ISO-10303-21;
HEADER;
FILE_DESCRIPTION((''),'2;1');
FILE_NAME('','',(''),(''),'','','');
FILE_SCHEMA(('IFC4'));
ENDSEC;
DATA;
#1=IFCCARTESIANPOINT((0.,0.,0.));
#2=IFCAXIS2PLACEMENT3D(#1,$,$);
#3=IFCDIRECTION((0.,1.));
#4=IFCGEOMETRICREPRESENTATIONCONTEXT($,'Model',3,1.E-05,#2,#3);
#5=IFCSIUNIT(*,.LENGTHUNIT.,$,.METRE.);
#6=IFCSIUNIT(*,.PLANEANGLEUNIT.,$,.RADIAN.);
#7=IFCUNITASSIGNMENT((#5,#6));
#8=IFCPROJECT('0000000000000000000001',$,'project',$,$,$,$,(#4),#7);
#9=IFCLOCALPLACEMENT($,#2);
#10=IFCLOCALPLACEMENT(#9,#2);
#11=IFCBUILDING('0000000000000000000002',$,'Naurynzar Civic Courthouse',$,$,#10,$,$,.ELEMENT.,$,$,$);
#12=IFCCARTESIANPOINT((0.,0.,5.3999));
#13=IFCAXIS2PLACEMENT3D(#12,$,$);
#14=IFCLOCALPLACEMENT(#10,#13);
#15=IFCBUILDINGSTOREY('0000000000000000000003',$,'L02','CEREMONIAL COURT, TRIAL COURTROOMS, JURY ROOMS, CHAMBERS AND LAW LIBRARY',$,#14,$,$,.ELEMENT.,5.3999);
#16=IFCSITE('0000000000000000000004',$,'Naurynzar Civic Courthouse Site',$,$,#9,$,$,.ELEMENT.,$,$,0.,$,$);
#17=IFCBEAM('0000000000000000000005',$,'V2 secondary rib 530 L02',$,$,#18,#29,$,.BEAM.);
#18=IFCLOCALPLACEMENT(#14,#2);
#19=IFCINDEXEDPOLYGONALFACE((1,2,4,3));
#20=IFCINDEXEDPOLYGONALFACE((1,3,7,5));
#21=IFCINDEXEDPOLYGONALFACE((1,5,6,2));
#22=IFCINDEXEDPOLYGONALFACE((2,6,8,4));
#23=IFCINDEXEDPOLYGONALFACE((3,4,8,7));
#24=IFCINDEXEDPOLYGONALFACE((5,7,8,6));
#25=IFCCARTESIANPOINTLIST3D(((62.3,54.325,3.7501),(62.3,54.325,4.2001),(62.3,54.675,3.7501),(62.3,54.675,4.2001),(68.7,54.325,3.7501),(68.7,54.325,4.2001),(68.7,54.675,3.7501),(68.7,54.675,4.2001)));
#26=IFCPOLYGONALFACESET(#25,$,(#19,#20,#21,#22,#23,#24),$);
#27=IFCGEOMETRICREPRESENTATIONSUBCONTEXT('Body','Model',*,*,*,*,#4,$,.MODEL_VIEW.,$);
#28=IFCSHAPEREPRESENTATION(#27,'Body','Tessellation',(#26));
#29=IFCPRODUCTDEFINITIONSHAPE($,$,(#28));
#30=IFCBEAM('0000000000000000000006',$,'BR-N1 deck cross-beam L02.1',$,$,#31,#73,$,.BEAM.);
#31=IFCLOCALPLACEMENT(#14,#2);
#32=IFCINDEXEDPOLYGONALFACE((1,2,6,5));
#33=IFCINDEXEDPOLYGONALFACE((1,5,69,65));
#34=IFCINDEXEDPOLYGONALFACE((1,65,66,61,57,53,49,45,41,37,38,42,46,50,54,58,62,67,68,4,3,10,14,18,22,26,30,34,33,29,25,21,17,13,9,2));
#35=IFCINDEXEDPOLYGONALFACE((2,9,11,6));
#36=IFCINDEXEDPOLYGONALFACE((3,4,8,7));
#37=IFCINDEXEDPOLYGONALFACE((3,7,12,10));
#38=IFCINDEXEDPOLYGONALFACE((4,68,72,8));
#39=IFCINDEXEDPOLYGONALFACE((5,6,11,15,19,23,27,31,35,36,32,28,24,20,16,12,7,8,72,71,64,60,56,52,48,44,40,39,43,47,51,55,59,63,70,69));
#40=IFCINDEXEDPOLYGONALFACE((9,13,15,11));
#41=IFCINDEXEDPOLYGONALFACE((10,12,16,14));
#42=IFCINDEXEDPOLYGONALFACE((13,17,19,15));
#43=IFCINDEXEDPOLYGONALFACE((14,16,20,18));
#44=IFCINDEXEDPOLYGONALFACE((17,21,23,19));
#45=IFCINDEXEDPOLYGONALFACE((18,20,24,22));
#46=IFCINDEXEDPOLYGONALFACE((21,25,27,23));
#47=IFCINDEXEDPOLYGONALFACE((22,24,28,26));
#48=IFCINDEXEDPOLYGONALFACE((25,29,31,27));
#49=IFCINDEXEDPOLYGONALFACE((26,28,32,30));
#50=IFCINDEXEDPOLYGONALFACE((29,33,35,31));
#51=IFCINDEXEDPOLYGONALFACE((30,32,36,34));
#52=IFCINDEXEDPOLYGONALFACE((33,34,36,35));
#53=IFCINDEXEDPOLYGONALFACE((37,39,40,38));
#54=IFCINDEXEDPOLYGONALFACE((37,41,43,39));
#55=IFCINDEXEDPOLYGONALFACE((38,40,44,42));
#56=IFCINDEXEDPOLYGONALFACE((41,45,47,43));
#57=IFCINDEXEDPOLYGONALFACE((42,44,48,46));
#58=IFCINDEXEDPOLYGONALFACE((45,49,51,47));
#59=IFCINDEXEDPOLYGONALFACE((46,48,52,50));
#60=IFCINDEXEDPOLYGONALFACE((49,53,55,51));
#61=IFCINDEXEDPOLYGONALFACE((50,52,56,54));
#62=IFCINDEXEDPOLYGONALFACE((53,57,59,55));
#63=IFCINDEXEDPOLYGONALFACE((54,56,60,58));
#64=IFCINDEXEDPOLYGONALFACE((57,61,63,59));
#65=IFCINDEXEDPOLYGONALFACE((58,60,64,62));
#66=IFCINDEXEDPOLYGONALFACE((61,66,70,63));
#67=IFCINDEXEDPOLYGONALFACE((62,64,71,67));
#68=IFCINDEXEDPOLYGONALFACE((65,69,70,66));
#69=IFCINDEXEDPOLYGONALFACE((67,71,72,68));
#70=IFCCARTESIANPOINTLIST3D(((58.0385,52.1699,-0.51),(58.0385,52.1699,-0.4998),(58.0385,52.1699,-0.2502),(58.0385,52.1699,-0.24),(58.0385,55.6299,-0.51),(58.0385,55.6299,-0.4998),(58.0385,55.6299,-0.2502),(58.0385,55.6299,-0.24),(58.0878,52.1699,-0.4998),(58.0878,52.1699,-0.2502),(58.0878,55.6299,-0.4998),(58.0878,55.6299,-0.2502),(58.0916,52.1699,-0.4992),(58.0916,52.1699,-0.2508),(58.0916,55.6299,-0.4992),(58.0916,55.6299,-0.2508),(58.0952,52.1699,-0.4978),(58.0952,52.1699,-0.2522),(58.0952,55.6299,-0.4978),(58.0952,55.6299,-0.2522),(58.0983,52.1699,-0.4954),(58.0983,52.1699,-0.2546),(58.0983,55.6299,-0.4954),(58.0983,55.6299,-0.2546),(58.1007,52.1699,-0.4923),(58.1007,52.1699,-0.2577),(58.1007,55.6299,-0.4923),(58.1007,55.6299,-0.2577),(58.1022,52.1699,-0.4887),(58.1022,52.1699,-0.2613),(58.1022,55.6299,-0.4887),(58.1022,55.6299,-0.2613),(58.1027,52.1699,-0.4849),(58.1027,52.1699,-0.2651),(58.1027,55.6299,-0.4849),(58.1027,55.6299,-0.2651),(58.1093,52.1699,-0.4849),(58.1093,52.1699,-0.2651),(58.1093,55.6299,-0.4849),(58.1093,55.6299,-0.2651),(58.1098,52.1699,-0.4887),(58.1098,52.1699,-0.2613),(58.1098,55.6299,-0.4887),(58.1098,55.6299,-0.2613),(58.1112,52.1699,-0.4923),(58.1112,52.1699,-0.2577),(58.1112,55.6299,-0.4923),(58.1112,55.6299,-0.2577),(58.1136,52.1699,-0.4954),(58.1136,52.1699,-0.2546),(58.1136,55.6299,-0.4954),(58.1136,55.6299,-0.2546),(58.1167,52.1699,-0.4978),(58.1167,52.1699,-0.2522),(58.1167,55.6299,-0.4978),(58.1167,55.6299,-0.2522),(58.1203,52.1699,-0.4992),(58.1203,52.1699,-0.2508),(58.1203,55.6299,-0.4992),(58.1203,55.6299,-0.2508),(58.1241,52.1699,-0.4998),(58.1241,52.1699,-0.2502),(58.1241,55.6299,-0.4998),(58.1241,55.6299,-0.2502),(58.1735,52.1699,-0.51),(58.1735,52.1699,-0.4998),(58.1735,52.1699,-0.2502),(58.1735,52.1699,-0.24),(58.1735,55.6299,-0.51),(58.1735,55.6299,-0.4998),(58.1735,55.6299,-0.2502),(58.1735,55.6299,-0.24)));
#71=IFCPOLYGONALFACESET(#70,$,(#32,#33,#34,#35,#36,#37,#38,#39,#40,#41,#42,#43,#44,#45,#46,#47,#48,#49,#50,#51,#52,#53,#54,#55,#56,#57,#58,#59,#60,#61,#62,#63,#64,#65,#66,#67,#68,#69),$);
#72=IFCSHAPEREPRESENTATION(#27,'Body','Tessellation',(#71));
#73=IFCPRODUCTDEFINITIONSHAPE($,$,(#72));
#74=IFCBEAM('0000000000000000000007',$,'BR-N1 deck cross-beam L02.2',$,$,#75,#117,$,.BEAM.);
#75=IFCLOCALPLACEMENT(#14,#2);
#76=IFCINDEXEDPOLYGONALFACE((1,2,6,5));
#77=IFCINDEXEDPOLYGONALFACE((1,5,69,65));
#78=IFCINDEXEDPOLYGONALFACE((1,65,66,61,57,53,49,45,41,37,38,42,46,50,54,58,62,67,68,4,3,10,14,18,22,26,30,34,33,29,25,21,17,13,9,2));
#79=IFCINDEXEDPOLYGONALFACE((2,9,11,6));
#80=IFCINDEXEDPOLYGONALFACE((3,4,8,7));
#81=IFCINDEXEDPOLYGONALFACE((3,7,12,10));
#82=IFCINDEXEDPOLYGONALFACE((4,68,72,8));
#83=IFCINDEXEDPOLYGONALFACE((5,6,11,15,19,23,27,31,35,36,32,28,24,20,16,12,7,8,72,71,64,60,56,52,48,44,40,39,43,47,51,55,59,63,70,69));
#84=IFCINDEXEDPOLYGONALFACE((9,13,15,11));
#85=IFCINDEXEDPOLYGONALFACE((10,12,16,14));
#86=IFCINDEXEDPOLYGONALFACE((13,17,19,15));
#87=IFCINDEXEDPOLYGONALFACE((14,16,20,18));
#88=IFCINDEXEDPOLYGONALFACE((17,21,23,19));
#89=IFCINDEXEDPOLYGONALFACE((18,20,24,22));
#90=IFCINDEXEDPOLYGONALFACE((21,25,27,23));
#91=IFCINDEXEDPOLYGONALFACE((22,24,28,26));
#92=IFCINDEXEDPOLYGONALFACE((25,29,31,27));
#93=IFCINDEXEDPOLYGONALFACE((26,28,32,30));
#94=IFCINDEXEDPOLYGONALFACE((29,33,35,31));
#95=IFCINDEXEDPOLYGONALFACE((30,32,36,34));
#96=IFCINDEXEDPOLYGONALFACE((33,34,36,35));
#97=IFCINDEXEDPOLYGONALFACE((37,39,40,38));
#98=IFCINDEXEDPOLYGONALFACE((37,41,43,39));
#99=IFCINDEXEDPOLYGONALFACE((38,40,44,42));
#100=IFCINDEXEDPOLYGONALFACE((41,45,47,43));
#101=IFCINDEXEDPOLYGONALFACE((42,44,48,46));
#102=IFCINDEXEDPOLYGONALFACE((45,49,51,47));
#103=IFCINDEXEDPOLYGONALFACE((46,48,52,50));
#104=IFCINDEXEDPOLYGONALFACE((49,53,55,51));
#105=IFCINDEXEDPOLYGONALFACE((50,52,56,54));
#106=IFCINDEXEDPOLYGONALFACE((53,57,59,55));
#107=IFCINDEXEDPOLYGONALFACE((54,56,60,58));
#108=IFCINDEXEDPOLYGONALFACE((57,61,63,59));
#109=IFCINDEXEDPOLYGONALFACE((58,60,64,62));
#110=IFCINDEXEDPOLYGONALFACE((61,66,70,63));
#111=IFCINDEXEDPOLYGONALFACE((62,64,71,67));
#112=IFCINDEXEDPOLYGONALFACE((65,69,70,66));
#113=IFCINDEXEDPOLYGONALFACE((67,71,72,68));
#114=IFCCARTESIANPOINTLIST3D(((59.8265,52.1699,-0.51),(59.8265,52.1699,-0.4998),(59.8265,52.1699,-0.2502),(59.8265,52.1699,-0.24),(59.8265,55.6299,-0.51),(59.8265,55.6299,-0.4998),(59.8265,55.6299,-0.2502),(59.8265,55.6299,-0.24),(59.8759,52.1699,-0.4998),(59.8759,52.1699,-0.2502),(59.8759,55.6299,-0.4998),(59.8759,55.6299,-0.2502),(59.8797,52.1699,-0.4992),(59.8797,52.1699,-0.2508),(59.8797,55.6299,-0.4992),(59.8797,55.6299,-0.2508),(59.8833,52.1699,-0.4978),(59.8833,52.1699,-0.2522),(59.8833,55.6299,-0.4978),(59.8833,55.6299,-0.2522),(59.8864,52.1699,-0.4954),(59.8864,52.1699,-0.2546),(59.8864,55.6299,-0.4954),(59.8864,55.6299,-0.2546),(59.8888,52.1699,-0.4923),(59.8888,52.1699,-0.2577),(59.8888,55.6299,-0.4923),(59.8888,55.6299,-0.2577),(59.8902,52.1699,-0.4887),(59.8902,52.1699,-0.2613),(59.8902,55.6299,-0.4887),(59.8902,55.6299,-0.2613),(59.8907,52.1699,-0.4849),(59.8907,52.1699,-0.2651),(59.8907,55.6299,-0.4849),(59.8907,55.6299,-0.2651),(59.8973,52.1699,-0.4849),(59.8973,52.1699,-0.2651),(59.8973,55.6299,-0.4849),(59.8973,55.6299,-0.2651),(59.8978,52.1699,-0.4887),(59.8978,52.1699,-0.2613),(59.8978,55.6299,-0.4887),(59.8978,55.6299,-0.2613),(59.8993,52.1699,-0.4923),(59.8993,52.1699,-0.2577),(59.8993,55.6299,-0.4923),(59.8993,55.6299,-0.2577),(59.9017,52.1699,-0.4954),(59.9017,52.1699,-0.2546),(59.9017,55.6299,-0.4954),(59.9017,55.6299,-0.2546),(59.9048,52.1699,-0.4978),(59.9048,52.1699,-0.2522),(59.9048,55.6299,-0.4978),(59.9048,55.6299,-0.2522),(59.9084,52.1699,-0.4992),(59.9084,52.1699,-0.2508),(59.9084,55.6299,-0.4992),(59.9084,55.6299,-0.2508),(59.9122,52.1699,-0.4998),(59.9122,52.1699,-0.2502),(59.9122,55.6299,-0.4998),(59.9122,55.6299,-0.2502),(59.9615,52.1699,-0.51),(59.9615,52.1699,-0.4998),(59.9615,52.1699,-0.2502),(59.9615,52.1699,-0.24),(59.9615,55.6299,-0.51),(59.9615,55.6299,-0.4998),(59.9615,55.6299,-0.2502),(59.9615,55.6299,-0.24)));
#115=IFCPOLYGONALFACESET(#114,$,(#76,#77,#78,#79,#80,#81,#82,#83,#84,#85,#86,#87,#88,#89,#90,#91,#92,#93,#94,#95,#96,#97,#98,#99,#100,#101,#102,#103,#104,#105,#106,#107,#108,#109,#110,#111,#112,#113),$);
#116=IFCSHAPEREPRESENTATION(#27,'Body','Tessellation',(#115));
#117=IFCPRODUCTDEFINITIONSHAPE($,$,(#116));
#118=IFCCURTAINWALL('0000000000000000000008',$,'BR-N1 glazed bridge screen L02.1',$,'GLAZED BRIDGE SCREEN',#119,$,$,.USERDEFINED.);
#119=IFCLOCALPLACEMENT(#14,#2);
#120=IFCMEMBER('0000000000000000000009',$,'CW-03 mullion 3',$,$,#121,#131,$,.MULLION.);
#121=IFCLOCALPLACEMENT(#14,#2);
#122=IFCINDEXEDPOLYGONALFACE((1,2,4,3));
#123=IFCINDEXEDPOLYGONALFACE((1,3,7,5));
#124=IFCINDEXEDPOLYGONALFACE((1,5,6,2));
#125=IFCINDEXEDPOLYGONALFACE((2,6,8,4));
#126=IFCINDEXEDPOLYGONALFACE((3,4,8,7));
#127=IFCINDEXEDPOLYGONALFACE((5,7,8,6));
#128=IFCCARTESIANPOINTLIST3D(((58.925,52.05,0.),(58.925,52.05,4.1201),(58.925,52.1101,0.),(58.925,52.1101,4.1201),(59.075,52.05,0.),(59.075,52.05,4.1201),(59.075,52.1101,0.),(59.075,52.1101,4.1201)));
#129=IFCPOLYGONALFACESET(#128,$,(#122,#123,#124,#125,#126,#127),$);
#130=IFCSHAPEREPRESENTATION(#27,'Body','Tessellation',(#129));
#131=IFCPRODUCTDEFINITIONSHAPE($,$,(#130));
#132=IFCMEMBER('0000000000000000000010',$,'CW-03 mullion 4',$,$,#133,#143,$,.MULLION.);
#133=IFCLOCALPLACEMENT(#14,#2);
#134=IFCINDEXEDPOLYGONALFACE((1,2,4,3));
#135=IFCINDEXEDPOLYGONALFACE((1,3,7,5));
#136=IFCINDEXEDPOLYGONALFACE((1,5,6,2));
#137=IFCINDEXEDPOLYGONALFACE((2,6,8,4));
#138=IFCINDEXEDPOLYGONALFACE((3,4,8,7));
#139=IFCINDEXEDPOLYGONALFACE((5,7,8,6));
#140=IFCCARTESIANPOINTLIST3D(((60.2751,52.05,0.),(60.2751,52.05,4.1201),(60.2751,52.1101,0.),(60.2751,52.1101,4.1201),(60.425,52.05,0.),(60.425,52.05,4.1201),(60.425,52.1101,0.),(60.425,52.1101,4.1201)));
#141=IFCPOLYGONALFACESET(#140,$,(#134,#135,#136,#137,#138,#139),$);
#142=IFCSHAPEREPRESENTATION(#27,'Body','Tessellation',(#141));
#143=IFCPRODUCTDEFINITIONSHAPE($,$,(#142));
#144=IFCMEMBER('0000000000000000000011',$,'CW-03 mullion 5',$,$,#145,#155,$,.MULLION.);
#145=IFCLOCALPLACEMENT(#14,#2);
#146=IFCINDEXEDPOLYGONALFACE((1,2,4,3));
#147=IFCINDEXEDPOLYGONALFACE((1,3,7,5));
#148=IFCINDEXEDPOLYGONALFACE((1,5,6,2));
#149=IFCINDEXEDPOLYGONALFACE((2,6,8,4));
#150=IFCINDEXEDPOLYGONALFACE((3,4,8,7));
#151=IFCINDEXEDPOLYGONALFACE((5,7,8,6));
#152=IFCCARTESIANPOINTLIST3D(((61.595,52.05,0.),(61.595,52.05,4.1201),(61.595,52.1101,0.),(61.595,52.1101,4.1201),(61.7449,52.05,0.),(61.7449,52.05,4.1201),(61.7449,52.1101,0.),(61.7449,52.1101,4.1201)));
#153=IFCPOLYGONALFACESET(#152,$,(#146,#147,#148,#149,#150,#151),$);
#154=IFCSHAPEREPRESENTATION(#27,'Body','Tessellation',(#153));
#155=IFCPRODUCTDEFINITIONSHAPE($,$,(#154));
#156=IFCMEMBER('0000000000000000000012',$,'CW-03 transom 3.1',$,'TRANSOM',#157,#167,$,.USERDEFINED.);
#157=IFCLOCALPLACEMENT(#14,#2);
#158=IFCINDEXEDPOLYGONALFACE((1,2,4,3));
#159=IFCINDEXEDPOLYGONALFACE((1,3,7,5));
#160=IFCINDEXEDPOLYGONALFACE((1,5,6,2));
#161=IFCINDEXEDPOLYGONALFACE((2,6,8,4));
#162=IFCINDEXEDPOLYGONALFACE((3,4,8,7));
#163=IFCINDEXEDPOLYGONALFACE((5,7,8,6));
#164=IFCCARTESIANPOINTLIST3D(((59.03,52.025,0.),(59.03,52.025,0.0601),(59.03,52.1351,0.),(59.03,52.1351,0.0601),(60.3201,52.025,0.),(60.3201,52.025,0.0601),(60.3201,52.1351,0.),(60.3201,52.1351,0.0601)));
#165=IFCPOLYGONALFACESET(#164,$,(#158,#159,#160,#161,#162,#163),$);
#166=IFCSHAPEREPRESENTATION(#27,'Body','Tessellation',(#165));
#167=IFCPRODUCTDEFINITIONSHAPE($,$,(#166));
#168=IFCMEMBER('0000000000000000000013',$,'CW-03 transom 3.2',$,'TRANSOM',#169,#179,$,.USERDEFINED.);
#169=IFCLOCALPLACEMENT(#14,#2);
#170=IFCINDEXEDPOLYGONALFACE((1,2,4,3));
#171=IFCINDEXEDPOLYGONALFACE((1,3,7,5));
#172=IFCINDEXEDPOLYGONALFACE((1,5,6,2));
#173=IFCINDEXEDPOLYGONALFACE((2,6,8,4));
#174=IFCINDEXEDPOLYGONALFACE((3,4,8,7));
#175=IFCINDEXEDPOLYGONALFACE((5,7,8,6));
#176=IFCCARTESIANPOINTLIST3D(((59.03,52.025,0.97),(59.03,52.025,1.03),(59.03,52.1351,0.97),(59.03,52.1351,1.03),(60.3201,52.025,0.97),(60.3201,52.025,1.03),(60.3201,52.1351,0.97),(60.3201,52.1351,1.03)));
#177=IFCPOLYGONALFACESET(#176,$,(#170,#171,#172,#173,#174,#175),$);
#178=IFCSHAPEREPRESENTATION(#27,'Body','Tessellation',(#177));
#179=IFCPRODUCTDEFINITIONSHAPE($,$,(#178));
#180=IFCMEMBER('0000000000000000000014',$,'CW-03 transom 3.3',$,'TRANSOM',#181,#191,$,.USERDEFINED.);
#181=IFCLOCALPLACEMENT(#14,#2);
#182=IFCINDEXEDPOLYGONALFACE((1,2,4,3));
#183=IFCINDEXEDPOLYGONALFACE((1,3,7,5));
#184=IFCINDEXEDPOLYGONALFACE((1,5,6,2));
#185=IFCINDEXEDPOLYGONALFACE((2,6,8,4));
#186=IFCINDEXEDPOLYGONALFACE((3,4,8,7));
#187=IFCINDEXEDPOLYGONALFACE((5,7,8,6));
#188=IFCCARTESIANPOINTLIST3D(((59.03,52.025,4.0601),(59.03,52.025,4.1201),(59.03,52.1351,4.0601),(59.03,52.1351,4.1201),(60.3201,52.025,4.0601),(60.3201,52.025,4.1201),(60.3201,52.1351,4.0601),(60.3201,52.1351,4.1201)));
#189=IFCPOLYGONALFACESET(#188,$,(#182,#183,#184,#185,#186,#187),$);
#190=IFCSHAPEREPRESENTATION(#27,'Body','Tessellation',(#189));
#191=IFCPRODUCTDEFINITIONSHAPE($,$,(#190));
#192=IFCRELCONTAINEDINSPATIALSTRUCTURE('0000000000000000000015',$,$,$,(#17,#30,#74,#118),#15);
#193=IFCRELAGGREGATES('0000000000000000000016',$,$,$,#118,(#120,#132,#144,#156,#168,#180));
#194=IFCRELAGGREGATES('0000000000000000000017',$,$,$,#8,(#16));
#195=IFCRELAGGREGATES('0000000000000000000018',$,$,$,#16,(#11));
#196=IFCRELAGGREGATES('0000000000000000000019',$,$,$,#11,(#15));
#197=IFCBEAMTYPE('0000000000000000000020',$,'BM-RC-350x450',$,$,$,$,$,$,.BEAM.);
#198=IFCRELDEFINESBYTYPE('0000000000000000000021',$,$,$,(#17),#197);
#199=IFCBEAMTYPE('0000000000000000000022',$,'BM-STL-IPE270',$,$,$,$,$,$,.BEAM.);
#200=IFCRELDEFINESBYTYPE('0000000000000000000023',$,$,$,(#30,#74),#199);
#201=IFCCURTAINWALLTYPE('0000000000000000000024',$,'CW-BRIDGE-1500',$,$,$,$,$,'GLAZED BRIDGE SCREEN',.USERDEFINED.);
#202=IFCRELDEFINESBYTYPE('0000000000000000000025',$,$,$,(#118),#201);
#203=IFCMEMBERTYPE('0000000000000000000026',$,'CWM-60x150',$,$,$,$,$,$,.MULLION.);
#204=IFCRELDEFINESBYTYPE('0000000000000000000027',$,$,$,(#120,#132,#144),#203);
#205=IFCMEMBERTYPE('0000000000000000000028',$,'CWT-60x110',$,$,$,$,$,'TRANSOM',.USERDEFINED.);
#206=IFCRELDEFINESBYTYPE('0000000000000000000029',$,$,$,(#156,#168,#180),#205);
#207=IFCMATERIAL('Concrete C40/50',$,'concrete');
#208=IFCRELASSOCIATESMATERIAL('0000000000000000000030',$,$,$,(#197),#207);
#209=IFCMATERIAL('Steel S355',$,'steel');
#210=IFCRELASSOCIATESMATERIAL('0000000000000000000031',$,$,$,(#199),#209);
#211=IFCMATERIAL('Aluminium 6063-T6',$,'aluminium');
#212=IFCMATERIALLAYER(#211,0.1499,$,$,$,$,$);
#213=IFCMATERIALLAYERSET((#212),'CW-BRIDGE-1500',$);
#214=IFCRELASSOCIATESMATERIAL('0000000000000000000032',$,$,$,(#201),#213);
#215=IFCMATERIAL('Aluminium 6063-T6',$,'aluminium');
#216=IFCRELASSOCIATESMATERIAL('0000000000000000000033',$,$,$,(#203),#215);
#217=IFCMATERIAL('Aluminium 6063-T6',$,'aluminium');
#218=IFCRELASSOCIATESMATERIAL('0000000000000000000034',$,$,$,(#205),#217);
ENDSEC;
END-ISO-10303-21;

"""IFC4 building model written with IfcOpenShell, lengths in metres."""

from ifc_helpers import new_model, si_unit, direction, frame, origin, origin_2d, place, context, subcontext, project, spatial, rectangle, i_section, extrude, material, layer, layer_set, material_profile, profile_set, type_object, element, aggregate, save


model = new_model("IFC4")

# Units and contexts
model_context = context("Model", 3, precision=1e-05, world=origin(), true_north=direction((0.0, 1.0)))
body_context = subcontext(model_context, "Body", "Model", "MODEL_VIEW")
ifc_project = project(units=[si_unit("LENGTHUNIT", "METRE"), si_unit("PLANEANGLEUNIT", "RADIAN")], contexts=[model_context])

# Site, building, storey
site_placement = place(None, origin())
site = spatial("IfcSite", under=ifc_project, at=site_placement, Name="Naurynzar Civic Courthouse Site", CompositionType="ELEMENT", RefElevation=0.0)
building_placement = place(site_placement, origin())
building = spatial("IfcBuilding", under=site, at=building_placement, Name="Naurynzar Civic Courthouse", CompositionType="ELEMENT")
storey_placement = place(building_placement, frame((0.0, 0.0, 5.3999)))
storey = spatial("IfcBuildingStorey", under=building, at=storey_placement, Name="L02", Description="CEREMONIAL COURT, TRIAL COURTROOMS, JURY ROOMS, CHAMBERS AND LAW LIBRARY", CompositionType="ELEMENT", Elevation=5.3999)

# Beams
ifc_material_1 = material(Name="Concrete C40/50", Category="concrete")
ifc_material_profile_1 = material_profile(ifc_material_1, rectangle(XDim=0.3501, YDim=0.45, at=origin_2d()), Name="RCB 350x450")
ifc_profile_set_1 = profile_set([ifc_material_profile_1], Name="Concrete C40/50")
beam_type_1 = type_object("IfcBeamType", Name="BM-RC-350x450", PredefinedType="BEAM", material=ifc_profile_set_1)
beam_placement = place(storey_placement, frame((62.3, 54.5, 3.9751), z_axis=(1.0, 0.0, 0.0), x_axis=(0.0, 1.0, 0.0)))
element("IfcBeam", 1, at=beam_placement, inside=storey, type_object=beam_type_1, Name="V2 secondary rib 530 L02", PredefinedType="BEAM", context=body_context, shape_type="SweptSolid", body=[
    extrude(rectangle(XDim=0.3501, YDim=0.45, at=origin_2d()), origin(), (0.0, 0.0, 1.0), 6.3999),
])
ifc_material_2 = material(Name="Steel S355", Category="steel")
ifc_material_profile_2 = material_profile(ifc_material_2, i_section(OverallWidth=0.135, OverallDepth=0.27, WebThickness=0.0066, FlangeThickness=0.0103, FilletRadius=0.0149, at=origin_2d()), Name="IPE 270")
ifc_profile_set_2 = profile_set([ifc_material_profile_2], Name="Steel S355")
beam_type_2 = type_object("IfcBeamType", Name="BM-STL-IPE270", PredefinedType="BEAM", material=ifc_profile_set_2)
for number, where, z_axis, x_axis, name in (
    (2, (58.106, 52.1699, -0.375), (0.0, 1.0, 0.0), (-1.0, 0.0, 0.0), "BR-N1 deck cross-beam L02.1"),
    (3, (59.894, 52.1699, -0.375), (0.0, 1.0, 0.0), (-1.0, 0.0, 0.0), "BR-N1 deck cross-beam L02.2"),
):
    element("IfcBeam", number, at=place(storey_placement, frame(where, z_axis=z_axis, x_axis=x_axis)), inside=storey, type_object=beam_type_2, Name=name, PredefinedType="BEAM", context=body_context, shape_type="SweptSolid", body=[
        extrude(i_section(OverallWidth=0.135, OverallDepth=0.27, WebThickness=0.0066, FlangeThickness=0.0103, FilletRadius=0.0149, at=origin_2d()), origin(), (0.0, 0.0, 1.0), 3.46),
    ])

# Curtain wall, members
ifc_material_3 = material(Name="Aluminium 6063-T6", Category="aluminium")
ifc_layer_1 = layer(ifc_material_3, 0.1499)
ifc_layer_set_1 = layer_set([ifc_layer_1], Name="CW-BRIDGE-1500")
curtain_wall_type = type_object("IfcCurtainWallType", Name="CW-BRIDGE-1500", ElementType="GLAZED BRIDGE SCREEN", PredefinedType="USERDEFINED", material=ifc_layer_set_1)
curtain_wall_placement = place(storey_placement, origin())
curtain_wall = element("IfcCurtainWall", 4, at=curtain_wall_placement, inside=storey, type_object=curtain_wall_type, Name="BR-N1 glazed bridge screen L02.1", ObjectType="GLAZED BRIDGE SCREEN", PredefinedType="USERDEFINED")
ifc_material_4 = material(Name="Aluminium 6063-T6", Category="aluminium")
ifc_material_profile_3 = material_profile(ifc_material_4, rectangle(XDim=0.0601, YDim=0.1499, at=origin_2d()), Name="ALU MULLION 60x150")
ifc_profile_set_3 = profile_set([ifc_material_profile_3], Name="Aluminium 6063-T6")
member_type_1 = type_object("IfcMemberType", Name="CWM-60x150", PredefinedType="MULLION", material=ifc_profile_set_3)
member_1_placement = place(storey_placement, frame((59.0, 52.0801, 0.0), z_axis=(0.0, 0.0, 1.0), x_axis=(0.0, 1.0, 0.0)))
member_1 = element("IfcMember", 5, at=member_1_placement, type_object=member_type_1, Name="CW-03 mullion 3", PredefinedType="MULLION", context=body_context, shape_type="SweptSolid", body=[
    extrude(rectangle(XDim=0.0601, YDim=0.1499, at=origin_2d()), origin(), (0.0, 0.0, 1.0), 4.1201),
])
member_2_placement = place(storey_placement, frame((60.3501, 52.0801, 0.0), z_axis=(0.0, 0.0, 1.0), x_axis=(0.0, 1.0, 0.0)))
member_2 = element("IfcMember", 6, at=member_2_placement, type_object=member_type_1, Name="CW-03 mullion 4", PredefinedType="MULLION", context=body_context, shape_type="SweptSolid", body=[
    extrude(rectangle(XDim=0.0601, YDim=0.1499, at=origin_2d()), origin(), (0.0, 0.0, 1.0), 4.1201),
])
member_3_placement = place(storey_placement, frame((61.6699, 52.0801, 0.0), z_axis=(0.0, 0.0, 1.0), x_axis=(0.0, 1.0, 0.0)))
member_3 = element("IfcMember", 7, at=member_3_placement, type_object=member_type_1, Name="CW-03 mullion 5", PredefinedType="MULLION", context=body_context, shape_type="SweptSolid", body=[
    extrude(rectangle(XDim=0.0601, YDim=0.1499, at=origin_2d()), origin(), (0.0, 0.0, 1.0), 4.1201),
])
ifc_material_5 = material(Name="Aluminium 6063-T6", Category="aluminium")
ifc_material_profile_4 = material_profile(ifc_material_5, rectangle(XDim=0.1101, YDim=0.0601, at=origin_2d()), Name="ALU TRANSOM 60x110")
ifc_profile_set_4 = profile_set([ifc_material_profile_4], Name="Aluminium 6063-T6")
member_type_2 = type_object("IfcMemberType", Name="CWT-60x110", ElementType="TRANSOM", PredefinedType="USERDEFINED", material=ifc_profile_set_4)
member_4_placement = place(storey_placement, frame((59.03, 52.0801, 0.03), z_axis=(1.0, 0.0, 0.0), x_axis=(0.0, 1.0, 0.0)))
member_4 = element("IfcMember", 8, at=member_4_placement, type_object=member_type_2, Name="CW-03 transom 3.1", ObjectType="TRANSOM", PredefinedType="USERDEFINED", context=body_context, shape_type="SweptSolid", body=[
    extrude(rectangle(XDim=0.1101, YDim=0.0601, at=origin_2d()), origin(), (0.0, 0.0, 1.0), 1.29),
])
member_5_placement = place(storey_placement, frame((59.03, 52.0801, 1.0), z_axis=(1.0, 0.0, 0.0), x_axis=(0.0, 1.0, 0.0)))
member_5 = element("IfcMember", 9, at=member_5_placement, type_object=member_type_2, Name="CW-03 transom 3.2", ObjectType="TRANSOM", PredefinedType="USERDEFINED", context=body_context, shape_type="SweptSolid", body=[
    extrude(rectangle(XDim=0.1101, YDim=0.0601, at=origin_2d()), origin(), (0.0, 0.0, 1.0), 1.29),
])
member_6_placement = place(storey_placement, frame((59.03, 52.0801, 4.0901), z_axis=(1.0, 0.0, 0.0), x_axis=(0.0, 1.0, 0.0)))
member_6 = element("IfcMember", 10, at=member_6_placement, type_object=member_type_2, Name="CW-03 transom 3.3", ObjectType="TRANSOM", PredefinedType="USERDEFINED", context=body_context, shape_type="SweptSolid", body=[
    extrude(rectangle(XDim=0.1101, YDim=0.0601, at=origin_2d()), origin(), (0.0, 0.0, 1.0), 1.29),
])
aggregate(curtain_wall, [member_1, member_2, member_3, member_4, member_5, member_6])

save(model, "model.ifc")
